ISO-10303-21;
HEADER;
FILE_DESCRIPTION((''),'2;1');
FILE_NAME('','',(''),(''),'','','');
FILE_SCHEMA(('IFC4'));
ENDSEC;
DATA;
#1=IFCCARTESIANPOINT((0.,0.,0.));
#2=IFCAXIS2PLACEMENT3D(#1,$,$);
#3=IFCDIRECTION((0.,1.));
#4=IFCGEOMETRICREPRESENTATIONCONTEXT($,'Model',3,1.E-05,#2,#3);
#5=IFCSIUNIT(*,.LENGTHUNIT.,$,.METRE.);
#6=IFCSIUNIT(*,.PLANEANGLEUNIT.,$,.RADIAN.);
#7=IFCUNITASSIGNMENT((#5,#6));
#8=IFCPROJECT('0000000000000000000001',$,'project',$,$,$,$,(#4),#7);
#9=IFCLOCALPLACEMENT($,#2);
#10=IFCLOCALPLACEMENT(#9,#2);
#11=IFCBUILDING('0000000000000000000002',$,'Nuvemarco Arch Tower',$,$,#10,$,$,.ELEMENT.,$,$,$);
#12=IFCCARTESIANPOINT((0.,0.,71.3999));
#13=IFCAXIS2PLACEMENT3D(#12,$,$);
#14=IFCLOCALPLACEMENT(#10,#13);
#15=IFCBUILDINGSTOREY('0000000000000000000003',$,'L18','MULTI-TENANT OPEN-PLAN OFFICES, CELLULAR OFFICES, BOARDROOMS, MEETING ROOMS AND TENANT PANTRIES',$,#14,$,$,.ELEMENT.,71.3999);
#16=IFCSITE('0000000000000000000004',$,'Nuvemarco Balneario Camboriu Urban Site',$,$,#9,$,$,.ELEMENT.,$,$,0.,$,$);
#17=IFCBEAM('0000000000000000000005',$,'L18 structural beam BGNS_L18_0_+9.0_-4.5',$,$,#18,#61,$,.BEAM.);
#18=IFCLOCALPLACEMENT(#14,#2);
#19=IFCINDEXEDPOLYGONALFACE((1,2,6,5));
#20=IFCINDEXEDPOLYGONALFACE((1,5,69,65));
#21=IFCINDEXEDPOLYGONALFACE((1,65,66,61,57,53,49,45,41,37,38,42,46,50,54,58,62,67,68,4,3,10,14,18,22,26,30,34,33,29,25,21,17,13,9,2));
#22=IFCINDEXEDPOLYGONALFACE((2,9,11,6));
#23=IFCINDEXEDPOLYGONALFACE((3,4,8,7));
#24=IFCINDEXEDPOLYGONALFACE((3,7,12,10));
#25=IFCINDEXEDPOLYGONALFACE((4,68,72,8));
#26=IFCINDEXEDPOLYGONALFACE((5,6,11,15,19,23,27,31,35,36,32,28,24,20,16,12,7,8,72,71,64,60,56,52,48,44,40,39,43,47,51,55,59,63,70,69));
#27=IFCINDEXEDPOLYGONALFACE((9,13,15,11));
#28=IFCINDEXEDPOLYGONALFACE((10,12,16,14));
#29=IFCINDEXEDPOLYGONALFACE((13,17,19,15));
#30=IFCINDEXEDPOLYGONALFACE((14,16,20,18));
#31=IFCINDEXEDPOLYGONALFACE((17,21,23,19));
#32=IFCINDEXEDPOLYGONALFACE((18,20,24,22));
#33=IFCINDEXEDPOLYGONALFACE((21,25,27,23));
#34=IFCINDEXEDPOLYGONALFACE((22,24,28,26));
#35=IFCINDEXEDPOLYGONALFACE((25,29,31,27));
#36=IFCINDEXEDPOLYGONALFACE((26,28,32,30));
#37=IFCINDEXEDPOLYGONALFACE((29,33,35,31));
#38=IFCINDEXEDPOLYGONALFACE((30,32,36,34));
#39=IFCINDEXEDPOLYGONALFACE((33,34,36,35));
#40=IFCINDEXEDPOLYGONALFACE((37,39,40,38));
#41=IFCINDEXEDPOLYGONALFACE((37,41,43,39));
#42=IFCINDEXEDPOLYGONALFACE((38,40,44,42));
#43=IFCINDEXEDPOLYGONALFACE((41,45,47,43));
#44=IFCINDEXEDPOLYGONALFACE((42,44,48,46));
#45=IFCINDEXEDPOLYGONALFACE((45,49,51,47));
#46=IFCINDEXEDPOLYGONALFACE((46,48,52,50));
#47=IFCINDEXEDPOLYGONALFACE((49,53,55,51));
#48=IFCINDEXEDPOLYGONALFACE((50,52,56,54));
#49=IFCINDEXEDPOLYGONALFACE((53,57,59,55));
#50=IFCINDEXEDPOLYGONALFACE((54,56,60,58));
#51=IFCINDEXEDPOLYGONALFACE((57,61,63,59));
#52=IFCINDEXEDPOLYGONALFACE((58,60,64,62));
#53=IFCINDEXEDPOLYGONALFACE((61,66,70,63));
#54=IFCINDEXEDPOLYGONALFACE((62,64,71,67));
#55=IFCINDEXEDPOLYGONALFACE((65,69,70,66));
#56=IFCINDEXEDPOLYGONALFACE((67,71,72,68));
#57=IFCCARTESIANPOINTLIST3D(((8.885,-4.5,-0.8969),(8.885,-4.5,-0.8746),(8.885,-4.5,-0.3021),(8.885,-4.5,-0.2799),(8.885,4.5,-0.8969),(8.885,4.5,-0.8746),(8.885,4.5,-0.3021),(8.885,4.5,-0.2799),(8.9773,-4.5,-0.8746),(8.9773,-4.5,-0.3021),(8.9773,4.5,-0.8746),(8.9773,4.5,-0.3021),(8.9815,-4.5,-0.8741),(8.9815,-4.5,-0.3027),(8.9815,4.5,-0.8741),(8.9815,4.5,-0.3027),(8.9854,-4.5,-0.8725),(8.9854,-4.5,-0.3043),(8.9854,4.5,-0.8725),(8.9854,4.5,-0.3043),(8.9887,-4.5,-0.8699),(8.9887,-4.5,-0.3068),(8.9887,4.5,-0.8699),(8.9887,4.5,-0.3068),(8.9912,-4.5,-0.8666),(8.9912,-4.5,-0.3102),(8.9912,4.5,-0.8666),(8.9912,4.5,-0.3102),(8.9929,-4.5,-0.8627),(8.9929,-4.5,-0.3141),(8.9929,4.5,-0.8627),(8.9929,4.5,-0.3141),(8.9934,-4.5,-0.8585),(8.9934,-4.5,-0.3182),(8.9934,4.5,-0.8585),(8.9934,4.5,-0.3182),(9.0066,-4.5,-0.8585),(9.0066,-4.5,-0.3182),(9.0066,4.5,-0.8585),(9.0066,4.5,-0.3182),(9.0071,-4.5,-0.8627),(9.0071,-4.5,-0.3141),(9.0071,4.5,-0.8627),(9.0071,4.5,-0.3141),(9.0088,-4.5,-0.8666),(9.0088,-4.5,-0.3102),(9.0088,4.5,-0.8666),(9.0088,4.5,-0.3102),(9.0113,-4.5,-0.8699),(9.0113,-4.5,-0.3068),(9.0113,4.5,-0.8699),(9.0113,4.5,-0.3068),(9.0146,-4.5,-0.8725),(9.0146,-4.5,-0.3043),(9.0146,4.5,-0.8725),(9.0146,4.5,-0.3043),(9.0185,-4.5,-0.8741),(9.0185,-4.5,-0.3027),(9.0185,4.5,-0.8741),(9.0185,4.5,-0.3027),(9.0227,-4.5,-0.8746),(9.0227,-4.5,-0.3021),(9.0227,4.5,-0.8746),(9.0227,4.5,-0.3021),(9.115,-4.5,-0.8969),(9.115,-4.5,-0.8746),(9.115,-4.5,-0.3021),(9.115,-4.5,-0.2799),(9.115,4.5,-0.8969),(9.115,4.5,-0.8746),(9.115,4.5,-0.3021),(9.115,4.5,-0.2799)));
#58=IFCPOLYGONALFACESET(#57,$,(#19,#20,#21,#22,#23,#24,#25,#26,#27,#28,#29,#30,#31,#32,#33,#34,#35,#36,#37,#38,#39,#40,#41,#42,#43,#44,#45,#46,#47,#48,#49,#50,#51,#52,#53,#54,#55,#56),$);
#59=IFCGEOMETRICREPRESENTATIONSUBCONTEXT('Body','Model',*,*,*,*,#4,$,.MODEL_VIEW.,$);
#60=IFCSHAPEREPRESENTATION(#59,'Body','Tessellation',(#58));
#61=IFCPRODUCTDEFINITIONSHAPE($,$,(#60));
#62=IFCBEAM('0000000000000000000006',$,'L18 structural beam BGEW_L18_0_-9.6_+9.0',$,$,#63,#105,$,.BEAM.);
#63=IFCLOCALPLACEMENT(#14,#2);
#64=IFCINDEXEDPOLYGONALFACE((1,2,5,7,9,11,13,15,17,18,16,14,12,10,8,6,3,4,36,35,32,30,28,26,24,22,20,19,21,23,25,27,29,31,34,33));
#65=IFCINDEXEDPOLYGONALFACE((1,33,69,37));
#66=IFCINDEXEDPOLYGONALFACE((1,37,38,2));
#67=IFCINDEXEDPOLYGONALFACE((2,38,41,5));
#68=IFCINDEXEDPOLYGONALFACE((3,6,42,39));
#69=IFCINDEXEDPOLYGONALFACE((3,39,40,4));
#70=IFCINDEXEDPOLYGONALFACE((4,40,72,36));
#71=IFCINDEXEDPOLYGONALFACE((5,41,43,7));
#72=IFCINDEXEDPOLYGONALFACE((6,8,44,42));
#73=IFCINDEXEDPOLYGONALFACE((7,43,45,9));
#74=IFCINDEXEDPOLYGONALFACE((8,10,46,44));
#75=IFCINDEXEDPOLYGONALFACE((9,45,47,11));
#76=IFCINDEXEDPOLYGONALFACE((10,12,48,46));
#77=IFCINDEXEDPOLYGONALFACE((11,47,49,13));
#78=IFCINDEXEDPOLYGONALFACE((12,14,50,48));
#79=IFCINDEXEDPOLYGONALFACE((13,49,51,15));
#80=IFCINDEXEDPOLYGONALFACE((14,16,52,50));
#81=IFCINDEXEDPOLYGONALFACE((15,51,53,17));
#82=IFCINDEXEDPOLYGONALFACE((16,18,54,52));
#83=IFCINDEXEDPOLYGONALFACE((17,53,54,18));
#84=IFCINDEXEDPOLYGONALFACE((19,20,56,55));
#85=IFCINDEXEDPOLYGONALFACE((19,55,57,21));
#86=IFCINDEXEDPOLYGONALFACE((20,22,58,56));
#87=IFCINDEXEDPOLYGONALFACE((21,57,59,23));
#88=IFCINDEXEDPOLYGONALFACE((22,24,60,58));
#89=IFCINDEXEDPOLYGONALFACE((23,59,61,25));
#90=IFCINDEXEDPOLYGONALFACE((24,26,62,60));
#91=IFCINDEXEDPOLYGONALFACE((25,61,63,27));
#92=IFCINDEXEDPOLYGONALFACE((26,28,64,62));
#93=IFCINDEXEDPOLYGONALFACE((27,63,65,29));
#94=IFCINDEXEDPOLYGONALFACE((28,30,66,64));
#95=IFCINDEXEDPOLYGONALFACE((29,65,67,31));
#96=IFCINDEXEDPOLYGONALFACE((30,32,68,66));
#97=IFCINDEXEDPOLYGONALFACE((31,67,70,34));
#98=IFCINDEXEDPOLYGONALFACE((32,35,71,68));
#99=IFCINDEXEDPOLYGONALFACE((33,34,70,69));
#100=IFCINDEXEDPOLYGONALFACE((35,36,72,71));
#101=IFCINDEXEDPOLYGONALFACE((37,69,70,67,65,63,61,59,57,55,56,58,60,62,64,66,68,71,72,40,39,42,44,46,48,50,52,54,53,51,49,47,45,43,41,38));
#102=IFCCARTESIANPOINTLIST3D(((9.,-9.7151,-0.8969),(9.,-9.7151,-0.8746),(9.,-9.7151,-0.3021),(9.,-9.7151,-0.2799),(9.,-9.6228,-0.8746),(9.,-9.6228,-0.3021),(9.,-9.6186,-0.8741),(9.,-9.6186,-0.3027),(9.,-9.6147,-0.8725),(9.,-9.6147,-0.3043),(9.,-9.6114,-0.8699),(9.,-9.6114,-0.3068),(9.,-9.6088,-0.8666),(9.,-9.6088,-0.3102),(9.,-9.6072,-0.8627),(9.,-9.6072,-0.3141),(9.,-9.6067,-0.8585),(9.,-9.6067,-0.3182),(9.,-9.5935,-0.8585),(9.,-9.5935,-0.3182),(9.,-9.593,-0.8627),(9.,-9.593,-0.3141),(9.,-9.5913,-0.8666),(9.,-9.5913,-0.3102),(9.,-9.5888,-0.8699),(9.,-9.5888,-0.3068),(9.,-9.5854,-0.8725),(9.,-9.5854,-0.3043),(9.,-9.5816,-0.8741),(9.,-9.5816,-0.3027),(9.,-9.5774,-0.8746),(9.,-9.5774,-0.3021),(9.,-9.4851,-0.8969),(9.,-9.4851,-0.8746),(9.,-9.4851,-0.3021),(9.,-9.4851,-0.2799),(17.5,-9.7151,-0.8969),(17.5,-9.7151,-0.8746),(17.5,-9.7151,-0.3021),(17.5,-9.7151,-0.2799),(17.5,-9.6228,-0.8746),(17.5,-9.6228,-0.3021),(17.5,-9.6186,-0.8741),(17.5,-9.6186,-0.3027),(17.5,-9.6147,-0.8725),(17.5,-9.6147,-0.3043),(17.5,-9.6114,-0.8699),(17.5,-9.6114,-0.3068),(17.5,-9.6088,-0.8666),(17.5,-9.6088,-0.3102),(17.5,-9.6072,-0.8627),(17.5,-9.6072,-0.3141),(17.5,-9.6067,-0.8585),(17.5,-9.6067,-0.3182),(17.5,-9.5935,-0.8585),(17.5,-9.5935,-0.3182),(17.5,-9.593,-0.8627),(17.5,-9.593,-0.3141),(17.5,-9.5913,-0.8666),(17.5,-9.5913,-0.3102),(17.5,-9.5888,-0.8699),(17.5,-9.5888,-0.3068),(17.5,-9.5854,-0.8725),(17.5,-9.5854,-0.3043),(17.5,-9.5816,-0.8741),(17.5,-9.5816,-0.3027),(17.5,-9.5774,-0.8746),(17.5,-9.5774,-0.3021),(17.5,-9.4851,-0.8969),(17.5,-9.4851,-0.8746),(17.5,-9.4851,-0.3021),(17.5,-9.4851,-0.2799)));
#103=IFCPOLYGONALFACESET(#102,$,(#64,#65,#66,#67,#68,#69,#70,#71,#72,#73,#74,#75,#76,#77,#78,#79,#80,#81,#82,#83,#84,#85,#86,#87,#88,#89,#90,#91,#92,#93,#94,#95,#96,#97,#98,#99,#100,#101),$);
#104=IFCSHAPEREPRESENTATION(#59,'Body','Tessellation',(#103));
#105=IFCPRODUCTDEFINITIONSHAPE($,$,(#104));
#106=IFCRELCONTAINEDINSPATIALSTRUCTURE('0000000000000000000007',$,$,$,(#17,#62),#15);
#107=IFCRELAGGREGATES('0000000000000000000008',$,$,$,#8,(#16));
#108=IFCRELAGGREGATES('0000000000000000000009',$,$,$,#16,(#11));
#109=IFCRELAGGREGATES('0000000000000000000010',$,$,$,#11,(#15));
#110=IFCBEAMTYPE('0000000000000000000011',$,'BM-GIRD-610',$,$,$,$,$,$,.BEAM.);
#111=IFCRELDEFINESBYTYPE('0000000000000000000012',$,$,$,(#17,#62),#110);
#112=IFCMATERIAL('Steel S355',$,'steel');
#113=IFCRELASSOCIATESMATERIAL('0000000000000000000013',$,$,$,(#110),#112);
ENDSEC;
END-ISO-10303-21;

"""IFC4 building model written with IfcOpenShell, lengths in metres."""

from ifc_helpers import new_model, si_unit, direction, frame, origin, origin_2d, place, context, subcontext, project, spatial, i_section, extrude, material, material_profile, profile_set, type_object, element, save


model = new_model("IFC4")

# Units and contexts
model_context = context("Model", 3, precision=1e-05, world=origin(), true_north=direction((0.0, 1.0)))
body_context = subcontext(model_context, "Body", "Model", "MODEL_VIEW")
ifc_project = project(units=[si_unit("LENGTHUNIT", "METRE"), si_unit("PLANEANGLEUNIT", "RADIAN")], contexts=[model_context])

# Site, building, storey
site_placement = place(None, origin())
site = spatial("IfcSite", under=ifc_project, at=site_placement, Name="Nuvemarco Balneario Camboriu Urban Site", CompositionType="ELEMENT", RefElevation=0.0)
building_placement = place(site_placement, origin())
building = spatial("IfcBuilding", under=site, at=building_placement, Name="Nuvemarco Arch Tower", CompositionType="ELEMENT")
storey_placement = place(building_placement, frame((0.0, 0.0, 71.3999)))
storey = spatial("IfcBuildingStorey", under=building, at=storey_placement, Name="L18", Description="MULTI-TENANT OPEN-PLAN OFFICES, CELLULAR OFFICES, BOARDROOMS, MEETING ROOMS AND TENANT PANTRIES", CompositionType="ELEMENT", Elevation=71.3999)

# Shared definitions
ifc_material_1 = material(Name="Steel S355", Category="steel")

# Beams
ifc_material_profile_1 = material_profile(ifc_material_1, i_section(OverallWidth=0.23, OverallDepth=0.6169, WebThickness=0.0132, FlangeThickness=0.0222, FilletRadius=0.0161, at=origin_2d()), Name="W610x140")
ifc_profile_set_1 = profile_set([ifc_material_profile_1], Name="Steel S355")
beam_type_1 = type_object("IfcBeamType", Name="BM-GIRD-610", PredefinedType="BEAM", material=ifc_profile_set_1)
beam_1_placement = place(storey_placement, frame((9.0, -4.5, -0.5884), z_axis=(0.0, 1.0, 0.0), x_axis=(-1.0, 0.0, 0.0)))
element("IfcBeam", 1, at=beam_1_placement, inside=storey, type_object=beam_type_1, Name="L18 structural beam BGNS_L18_0_+9.0_-4.5", PredefinedType="BEAM", context=body_context, shape_type="SweptSolid", body=[
    extrude(i_section(OverallWidth=0.23, OverallDepth=0.6169, WebThickness=0.0132, FlangeThickness=0.0222, FilletRadius=0.0161, at=origin_2d()), origin(), (0.0, 0.0, 1.0), 9.0),
])
beam_2_placement = place(storey_placement, frame((9.0, -9.6001, -0.5884), z_axis=(1.0, 0.0, 0.0), x_axis=(0.0, 1.0, 0.0)))
element("IfcBeam", 2, at=beam_2_placement, inside=storey, type_object=beam_type_1, Name="L18 structural beam BGEW_L18_0_-9.6_+9.0", PredefinedType="BEAM", context=body_context, shape_type="SweptSolid", body=[
    extrude(i_section(OverallWidth=0.23, OverallDepth=0.6169, WebThickness=0.0132, FlangeThickness=0.0222, FilletRadius=0.0161, at=origin_2d()), origin(), (0.0, 0.0, 1.0), 8.5),
])

save(model, "model.ifc")
